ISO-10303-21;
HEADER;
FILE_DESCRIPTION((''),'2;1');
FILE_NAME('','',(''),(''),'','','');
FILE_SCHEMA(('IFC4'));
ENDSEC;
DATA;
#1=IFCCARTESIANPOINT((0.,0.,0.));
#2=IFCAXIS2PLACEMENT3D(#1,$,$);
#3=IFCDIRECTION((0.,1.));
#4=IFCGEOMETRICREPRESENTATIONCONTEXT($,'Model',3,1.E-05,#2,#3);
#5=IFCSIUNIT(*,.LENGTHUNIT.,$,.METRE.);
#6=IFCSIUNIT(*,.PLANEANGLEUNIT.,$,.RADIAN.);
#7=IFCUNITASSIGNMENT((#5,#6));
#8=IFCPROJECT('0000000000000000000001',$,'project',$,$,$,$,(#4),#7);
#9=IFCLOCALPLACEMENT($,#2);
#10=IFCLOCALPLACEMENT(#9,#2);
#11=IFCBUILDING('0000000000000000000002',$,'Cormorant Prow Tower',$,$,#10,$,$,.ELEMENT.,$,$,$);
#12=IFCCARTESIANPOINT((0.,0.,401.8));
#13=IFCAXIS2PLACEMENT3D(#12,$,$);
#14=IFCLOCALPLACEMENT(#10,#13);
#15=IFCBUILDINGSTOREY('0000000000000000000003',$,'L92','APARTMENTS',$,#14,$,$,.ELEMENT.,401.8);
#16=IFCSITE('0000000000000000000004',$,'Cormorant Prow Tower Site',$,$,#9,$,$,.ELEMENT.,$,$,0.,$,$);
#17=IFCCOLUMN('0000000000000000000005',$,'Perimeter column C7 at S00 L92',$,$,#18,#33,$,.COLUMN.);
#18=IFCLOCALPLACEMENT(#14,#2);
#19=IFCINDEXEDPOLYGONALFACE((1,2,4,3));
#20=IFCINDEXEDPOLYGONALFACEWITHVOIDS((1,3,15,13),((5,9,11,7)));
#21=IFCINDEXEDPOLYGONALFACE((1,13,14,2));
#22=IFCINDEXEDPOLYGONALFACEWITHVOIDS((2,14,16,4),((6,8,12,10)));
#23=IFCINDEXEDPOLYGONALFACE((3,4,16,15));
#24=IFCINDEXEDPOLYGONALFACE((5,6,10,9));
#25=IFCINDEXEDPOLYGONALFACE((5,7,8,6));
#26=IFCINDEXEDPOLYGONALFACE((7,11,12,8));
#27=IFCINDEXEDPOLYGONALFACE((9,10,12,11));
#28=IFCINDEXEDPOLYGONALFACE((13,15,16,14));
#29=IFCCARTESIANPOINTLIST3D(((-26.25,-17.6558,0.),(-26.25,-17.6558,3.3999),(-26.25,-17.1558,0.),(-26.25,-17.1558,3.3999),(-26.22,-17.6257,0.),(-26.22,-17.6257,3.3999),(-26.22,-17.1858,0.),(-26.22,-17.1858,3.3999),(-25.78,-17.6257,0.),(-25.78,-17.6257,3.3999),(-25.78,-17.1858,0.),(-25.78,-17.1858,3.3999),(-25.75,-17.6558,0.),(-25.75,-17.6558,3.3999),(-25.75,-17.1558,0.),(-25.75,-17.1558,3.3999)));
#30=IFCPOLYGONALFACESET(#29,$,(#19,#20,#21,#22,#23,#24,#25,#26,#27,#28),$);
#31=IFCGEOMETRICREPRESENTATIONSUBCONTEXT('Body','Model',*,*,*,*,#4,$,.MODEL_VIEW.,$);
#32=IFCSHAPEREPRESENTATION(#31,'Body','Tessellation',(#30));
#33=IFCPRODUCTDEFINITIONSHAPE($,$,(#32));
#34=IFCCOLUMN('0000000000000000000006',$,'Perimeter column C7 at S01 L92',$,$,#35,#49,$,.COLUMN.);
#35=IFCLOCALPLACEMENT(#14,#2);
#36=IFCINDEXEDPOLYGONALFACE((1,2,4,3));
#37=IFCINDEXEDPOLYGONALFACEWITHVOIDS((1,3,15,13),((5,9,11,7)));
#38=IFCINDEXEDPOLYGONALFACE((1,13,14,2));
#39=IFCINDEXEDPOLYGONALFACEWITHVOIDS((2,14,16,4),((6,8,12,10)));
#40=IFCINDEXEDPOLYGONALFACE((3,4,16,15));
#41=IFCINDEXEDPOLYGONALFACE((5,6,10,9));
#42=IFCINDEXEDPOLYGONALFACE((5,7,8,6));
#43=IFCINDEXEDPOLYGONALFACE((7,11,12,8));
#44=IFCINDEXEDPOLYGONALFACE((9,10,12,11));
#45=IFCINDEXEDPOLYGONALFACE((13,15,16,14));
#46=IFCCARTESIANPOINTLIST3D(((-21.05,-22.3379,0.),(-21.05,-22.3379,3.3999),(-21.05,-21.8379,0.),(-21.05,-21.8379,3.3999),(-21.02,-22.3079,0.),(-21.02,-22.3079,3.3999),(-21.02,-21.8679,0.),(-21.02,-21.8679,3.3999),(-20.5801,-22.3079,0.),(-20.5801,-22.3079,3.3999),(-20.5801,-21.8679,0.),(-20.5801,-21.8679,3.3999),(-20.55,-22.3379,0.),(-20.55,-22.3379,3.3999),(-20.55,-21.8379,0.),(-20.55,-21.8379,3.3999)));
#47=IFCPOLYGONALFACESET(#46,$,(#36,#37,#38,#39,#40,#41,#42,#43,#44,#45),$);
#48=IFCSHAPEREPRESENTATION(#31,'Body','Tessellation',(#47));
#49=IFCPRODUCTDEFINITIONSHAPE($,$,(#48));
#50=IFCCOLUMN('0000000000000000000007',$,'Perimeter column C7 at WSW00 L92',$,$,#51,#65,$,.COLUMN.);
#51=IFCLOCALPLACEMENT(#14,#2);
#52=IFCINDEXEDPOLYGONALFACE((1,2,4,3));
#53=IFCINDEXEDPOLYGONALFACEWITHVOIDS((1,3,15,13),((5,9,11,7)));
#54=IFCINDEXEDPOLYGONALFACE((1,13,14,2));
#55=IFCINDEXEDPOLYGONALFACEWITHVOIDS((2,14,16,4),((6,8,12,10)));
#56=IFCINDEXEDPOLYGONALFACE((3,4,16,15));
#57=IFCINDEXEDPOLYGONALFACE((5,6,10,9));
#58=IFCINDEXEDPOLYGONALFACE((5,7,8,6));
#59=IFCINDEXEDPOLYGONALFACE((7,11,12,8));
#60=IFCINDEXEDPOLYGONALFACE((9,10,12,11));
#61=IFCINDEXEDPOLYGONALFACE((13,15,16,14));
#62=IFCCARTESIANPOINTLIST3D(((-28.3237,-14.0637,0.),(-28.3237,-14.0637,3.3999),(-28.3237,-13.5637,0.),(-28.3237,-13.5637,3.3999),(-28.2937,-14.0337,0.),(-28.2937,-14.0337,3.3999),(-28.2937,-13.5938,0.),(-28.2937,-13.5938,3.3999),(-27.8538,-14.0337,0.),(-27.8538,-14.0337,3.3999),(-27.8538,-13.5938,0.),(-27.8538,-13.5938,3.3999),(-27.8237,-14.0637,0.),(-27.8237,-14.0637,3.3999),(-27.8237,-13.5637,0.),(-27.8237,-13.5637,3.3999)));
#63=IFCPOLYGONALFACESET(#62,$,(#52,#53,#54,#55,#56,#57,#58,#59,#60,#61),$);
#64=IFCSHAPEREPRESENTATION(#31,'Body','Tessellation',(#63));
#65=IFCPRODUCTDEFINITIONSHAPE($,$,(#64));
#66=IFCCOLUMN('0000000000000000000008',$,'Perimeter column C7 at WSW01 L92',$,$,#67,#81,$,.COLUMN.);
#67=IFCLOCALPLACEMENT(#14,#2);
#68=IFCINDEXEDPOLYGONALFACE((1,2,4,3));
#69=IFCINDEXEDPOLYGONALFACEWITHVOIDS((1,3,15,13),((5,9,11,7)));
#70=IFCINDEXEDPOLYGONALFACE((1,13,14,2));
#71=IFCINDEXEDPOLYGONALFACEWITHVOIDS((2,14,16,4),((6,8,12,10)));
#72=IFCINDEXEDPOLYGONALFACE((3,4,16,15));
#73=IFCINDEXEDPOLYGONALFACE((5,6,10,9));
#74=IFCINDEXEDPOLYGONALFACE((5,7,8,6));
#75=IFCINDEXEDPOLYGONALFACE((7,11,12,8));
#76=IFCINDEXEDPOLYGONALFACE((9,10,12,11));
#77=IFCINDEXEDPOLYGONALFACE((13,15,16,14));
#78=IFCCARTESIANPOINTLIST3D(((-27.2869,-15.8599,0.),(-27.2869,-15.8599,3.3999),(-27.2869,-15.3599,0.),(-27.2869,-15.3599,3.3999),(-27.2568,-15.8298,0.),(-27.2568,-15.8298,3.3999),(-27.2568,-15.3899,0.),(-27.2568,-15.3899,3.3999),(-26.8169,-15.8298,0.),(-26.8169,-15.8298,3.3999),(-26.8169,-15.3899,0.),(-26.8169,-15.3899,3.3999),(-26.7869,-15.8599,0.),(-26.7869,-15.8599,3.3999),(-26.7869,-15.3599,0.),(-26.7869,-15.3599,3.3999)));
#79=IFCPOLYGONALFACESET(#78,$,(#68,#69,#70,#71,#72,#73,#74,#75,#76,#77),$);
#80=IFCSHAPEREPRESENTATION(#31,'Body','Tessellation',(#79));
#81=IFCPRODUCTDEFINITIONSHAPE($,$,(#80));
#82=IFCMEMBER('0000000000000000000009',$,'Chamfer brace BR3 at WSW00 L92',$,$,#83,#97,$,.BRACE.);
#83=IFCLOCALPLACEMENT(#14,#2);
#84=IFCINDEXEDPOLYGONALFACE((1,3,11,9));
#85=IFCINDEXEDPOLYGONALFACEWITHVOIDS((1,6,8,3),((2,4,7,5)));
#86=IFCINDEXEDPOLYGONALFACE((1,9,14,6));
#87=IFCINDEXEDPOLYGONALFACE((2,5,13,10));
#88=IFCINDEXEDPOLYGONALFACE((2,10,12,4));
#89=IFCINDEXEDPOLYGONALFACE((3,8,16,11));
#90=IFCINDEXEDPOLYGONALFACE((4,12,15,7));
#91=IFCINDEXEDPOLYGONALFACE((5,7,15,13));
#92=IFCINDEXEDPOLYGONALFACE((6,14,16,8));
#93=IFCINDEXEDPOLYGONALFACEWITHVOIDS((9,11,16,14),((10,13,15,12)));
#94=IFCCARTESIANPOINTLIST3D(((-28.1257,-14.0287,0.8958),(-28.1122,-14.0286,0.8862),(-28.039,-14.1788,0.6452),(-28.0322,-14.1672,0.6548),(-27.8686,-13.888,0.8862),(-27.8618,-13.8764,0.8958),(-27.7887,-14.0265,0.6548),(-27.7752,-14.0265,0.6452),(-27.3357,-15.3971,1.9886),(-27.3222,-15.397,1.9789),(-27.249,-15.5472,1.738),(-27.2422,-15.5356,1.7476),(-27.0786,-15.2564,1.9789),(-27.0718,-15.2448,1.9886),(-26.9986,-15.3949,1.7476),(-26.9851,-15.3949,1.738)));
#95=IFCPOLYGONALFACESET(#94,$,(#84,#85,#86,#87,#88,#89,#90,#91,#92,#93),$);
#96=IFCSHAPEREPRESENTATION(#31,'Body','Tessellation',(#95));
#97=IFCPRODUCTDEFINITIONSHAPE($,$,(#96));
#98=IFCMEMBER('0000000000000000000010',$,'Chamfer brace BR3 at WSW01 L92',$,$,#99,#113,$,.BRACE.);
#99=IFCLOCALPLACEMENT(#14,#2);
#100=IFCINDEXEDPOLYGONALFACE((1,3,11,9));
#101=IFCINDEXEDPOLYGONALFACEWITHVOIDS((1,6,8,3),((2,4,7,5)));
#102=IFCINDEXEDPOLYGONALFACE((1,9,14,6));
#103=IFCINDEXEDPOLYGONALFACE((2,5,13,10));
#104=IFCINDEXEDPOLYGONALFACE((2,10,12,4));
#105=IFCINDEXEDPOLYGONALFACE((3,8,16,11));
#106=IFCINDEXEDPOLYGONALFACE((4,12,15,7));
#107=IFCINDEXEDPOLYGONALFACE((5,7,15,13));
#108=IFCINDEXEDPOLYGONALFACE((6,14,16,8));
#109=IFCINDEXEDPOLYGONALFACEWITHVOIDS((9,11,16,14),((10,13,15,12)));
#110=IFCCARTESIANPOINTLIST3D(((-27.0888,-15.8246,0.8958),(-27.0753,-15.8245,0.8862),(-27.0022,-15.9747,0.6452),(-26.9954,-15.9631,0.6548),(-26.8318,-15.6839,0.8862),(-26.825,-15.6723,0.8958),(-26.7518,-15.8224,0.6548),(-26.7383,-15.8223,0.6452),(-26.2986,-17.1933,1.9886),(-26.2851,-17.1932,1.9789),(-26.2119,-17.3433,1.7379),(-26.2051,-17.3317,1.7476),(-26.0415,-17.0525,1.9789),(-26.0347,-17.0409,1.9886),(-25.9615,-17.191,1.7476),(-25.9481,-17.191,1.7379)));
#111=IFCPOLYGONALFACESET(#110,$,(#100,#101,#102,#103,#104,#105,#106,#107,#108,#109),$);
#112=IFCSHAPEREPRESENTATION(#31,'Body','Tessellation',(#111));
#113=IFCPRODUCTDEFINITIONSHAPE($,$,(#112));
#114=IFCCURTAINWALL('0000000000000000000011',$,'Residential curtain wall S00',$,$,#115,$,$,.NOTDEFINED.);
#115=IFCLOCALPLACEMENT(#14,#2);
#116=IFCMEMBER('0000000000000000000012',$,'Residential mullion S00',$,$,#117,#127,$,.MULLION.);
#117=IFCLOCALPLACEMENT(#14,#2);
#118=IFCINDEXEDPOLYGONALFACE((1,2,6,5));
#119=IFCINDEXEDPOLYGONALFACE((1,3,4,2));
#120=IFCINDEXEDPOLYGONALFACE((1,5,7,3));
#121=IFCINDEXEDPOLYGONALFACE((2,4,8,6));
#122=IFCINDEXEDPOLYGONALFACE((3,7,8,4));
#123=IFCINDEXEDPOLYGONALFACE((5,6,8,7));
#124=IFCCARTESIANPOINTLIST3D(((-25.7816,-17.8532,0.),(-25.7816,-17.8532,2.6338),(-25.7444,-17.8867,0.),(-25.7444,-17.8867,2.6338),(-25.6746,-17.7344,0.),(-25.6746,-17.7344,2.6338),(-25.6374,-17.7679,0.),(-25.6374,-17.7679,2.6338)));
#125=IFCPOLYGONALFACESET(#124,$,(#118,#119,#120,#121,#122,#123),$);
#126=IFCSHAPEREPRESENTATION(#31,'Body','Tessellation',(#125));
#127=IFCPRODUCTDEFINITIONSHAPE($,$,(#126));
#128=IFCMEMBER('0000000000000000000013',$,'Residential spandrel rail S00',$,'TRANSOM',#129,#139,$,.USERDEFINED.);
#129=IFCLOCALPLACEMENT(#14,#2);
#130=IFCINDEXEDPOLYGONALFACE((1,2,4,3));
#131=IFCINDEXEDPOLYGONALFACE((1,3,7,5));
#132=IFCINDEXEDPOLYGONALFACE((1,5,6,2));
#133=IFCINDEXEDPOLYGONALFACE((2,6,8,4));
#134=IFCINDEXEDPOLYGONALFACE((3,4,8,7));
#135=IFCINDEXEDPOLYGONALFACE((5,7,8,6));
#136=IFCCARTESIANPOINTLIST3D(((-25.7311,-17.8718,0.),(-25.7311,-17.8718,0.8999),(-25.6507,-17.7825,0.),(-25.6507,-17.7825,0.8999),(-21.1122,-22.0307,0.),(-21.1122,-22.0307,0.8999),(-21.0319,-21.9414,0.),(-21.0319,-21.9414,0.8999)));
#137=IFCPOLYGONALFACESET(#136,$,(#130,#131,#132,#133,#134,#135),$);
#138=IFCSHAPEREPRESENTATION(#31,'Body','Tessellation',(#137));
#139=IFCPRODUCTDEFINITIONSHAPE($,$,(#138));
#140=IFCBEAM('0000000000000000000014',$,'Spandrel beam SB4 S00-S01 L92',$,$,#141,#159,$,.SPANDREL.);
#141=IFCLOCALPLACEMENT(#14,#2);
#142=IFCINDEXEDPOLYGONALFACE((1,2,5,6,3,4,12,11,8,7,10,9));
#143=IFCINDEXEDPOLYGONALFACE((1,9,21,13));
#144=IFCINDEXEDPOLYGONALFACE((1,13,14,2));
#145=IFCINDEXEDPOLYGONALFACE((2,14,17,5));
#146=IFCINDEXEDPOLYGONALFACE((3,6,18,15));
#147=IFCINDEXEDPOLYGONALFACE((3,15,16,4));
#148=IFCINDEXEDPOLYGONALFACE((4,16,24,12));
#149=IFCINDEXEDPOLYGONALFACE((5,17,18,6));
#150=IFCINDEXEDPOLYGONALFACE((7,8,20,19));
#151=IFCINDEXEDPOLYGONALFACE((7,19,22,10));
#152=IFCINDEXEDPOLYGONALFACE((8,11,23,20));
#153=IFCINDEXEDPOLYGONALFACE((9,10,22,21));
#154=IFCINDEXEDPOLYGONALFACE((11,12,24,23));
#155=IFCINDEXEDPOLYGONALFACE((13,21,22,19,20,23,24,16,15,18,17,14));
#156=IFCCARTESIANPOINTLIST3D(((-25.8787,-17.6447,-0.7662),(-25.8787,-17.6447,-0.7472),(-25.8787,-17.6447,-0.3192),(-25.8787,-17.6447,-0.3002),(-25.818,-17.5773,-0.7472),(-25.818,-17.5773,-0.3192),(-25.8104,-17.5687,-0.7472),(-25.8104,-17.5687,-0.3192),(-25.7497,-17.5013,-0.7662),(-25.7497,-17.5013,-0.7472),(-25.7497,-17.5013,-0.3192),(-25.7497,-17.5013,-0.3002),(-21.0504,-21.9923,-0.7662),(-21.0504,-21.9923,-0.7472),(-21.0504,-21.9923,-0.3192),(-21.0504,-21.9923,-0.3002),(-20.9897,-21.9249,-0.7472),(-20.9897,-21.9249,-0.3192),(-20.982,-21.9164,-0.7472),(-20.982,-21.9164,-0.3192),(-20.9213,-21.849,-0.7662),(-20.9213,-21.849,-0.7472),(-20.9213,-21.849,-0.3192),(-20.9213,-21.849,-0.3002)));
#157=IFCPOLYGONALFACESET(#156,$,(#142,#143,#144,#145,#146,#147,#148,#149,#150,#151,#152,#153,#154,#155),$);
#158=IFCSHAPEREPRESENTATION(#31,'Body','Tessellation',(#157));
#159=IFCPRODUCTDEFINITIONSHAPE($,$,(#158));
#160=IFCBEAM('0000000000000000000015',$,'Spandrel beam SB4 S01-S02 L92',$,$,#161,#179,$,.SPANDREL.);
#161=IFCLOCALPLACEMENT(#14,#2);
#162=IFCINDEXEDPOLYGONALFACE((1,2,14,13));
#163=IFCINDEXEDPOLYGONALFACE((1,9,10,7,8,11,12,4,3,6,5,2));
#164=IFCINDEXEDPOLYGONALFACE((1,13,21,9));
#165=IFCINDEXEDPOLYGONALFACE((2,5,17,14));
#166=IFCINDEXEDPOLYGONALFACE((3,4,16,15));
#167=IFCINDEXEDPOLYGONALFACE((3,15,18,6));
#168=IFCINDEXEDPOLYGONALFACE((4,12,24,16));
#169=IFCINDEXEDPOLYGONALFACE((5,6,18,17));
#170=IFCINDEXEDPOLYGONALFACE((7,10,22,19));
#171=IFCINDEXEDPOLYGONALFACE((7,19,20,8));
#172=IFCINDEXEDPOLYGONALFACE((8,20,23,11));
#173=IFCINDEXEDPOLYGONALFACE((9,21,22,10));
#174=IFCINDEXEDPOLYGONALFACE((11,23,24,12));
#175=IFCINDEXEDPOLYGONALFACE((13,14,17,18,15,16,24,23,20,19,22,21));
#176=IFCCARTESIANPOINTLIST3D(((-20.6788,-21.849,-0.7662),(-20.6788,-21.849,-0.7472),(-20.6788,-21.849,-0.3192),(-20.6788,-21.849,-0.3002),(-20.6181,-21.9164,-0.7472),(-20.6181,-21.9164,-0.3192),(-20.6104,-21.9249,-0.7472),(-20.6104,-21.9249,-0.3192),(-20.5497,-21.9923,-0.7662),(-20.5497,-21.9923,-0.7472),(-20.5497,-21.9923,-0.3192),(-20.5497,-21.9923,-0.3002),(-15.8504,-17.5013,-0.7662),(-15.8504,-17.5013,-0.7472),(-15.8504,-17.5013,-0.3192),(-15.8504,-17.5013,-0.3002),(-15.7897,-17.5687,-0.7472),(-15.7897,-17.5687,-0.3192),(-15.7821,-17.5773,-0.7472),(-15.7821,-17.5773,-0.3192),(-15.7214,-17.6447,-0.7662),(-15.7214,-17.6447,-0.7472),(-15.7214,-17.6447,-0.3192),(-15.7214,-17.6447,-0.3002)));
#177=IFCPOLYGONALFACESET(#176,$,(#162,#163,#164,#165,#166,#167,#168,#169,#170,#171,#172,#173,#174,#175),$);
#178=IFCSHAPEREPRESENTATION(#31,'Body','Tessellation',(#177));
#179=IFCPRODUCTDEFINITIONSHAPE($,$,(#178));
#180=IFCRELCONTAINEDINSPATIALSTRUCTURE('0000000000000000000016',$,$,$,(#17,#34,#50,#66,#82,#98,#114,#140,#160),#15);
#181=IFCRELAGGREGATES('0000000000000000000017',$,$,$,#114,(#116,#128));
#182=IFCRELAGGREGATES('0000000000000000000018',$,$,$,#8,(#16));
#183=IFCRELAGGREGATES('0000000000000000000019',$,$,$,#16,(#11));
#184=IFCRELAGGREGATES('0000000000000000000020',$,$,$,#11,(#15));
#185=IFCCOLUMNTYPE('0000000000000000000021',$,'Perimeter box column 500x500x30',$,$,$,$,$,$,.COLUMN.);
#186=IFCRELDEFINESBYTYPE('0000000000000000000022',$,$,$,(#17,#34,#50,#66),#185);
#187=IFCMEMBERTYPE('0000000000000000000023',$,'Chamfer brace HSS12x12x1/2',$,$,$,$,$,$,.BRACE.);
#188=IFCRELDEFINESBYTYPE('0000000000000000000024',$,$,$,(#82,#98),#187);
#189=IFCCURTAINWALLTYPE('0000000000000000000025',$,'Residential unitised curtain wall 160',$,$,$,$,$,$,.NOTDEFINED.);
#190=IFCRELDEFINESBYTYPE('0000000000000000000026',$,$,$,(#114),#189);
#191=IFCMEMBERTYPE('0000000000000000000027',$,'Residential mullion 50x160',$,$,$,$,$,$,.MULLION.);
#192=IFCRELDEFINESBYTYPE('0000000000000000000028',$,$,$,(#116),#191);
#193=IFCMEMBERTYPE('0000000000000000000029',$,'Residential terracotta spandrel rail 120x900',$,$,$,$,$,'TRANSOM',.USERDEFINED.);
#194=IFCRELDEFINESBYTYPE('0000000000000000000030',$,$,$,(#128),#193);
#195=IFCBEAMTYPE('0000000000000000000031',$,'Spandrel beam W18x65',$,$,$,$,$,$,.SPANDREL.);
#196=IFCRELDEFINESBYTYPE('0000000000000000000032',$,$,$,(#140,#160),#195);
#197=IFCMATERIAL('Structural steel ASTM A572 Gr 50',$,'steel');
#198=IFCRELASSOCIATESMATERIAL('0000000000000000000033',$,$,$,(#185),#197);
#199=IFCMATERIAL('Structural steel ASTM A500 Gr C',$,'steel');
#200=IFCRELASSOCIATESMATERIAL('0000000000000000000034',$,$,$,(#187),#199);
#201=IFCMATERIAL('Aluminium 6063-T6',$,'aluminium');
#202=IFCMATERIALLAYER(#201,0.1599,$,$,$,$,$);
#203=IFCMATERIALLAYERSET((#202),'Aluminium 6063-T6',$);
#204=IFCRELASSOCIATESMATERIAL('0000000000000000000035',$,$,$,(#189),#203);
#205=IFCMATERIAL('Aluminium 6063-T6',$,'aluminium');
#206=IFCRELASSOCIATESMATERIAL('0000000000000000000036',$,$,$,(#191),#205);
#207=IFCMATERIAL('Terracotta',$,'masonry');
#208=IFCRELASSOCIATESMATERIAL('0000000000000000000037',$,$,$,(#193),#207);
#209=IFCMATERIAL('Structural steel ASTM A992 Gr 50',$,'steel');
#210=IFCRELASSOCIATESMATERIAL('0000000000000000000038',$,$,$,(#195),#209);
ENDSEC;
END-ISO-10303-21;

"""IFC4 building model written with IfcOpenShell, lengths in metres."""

from ifc_helpers import new_model, si_unit, direction, frame, origin, origin_2d, place, context, subcontext, project, spatial, rectangle, hollow_rectangle, i_section, extrude, material, layer, layer_set, material_profile, profile_set, type_object, element, aggregate, save


model = new_model("IFC4")

# Units and contexts
model_context = context("Model", 3, precision=1e-05, world=origin(), true_north=direction((0.0, 1.0)))
body_context = subcontext(model_context, "Body", "Model", "MODEL_VIEW")
ifc_project = project(units=[si_unit("LENGTHUNIT", "METRE"), si_unit("PLANEANGLEUNIT", "RADIAN")], contexts=[model_context])

# Site, building, storey
site_placement = place(None, origin())
site = spatial("IfcSite", under=ifc_project, at=site_placement, Name="Cormorant Prow Tower Site", CompositionType="ELEMENT", RefElevation=0.0)
building_placement = place(site_placement, origin())
building = spatial("IfcBuilding", under=site, at=building_placement, Name="Cormorant Prow Tower", CompositionType="ELEMENT")
storey_placement = place(building_placement, frame((0.0, 0.0, 401.8)))
storey = spatial("IfcBuildingStorey", under=building, at=storey_placement, Name="L92", Description="APARTMENTS", CompositionType="ELEMENT", Elevation=401.8)

# Columns
ifc_material_1 = material(Name="Structural steel ASTM A572 Gr 50", Category="steel")
ifc_material_profile_1 = material_profile(ifc_material_1, hollow_rectangle(XDim=0.5, YDim=0.5, WallThickness=0.03, at=origin_2d()), Name="Box 500x500x30")
ifc_profile_set_1 = profile_set([ifc_material_profile_1], Name="Structural steel ASTM A572 Gr 50")
column_type = type_object("IfcColumnType", Name="Perimeter box column 500x500x30", PredefinedType="COLUMN", material=ifc_profile_set_1)
for number, where, z_axis, x_axis, name in (
    (1, (-26.0, -17.4058, 0.0), (0.0, 0.0, 1.0), (1.0, 0.0, 0.0), "Perimeter column C7 at S00 L92"),
    (2, (-20.8, -22.0879, 0.0), (0.0, 0.0, 1.0), (1.0, 0.0, 0.0), "Perimeter column C7 at S01 L92"),
    (3, (-28.0737, -13.8137, 0.0), (0.0, 0.0, 1.0), (1.0, 0.0, 0.0), "Perimeter column C7 at WSW00 L92"),
    (4, (-27.0369, -15.6099, 0.0), (0.0, 0.0, 1.0), (1.0, 0.0, 0.0), "Perimeter column C7 at WSW01 L92"),
):
    element("IfcColumn", number, at=place(storey_placement, frame(where, z_axis=z_axis, x_axis=x_axis)), inside=storey, type_object=column_type, Name=name, PredefinedType="COLUMN", context=body_context, shape_type="SweptSolid", body=[
        extrude(hollow_rectangle(XDim=0.5, YDim=0.5, WallThickness=0.03, at=origin_2d()), origin(), (0.0, 0.0, 1.0), 3.3999),
    ])

# Members
ifc_material_2 = material(Name="Structural steel ASTM A500 Gr C", Category="steel")
ifc_material_profile_2 = material_profile(ifc_material_2, hollow_rectangle(XDim=0.3047, YDim=0.3047, WallThickness=0.0117, at=origin_2d()), Name="HSS12x12x1/2")
ifc_profile_set_2 = profile_set([ifc_material_profile_2], Name="Structural steel ASTM A500 Gr C")
member_type_1 = type_object("IfcMemberType", Name="Chamfer brace HSS12x12x1/2", PredefinedType="BRACE", material=ifc_profile_set_2)
member_1_placement = place(storey_placement, frame((-27.9504, -14.0276, 0.7705), z_axis=(0.41123, -0.712282, 0.568809), x_axis=(0.866029, 0.499994, 0.0)))
element("IfcMember", 5, at=member_1_placement, inside=storey, type_object=member_type_1, Name="Chamfer brace BR3 at WSW00 L92", PredefinedType="BRACE", context=body_context, shape_type="SweptSolid", body=[
    extrude(hollow_rectangle(XDim=0.3047, YDim=0.3047, WallThickness=0.0117, at=origin_2d()), origin(), (0.0, 0.0, 1.0), 1.9211),
])
member_2_placement = place(storey_placement, frame((-26.9136, -15.8235, 0.7705), z_axis=(0.411299, -0.712308, 0.568728), x_axis=(0.866, 0.500043, 0.0)))
element("IfcMember", 6, at=member_2_placement, inside=storey, type_object=member_type_1, Name="Chamfer brace BR3 at WSW01 L92", PredefinedType="BRACE", context=body_context, shape_type="SweptSolid", body=[
    extrude(hollow_rectangle(XDim=0.3047, YDim=0.3047, WallThickness=0.0117, at=origin_2d()), origin(), (0.0, 0.0, 1.0), 1.9214),
])

# Curtain wall, members
ifc_material_3 = material(Name="Aluminium 6063-T6", Category="aluminium")
ifc_layer_1 = layer(ifc_material_3, 0.1599)
ifc_layer_set_1 = layer_set([ifc_layer_1], Name="Aluminium 6063-T6")
curtain_wall_type = type_object("IfcCurtainWallType", Name="Residential unitised curtain wall 160", PredefinedType="NOTDEFINED", material=ifc_layer_set_1)
curtain_wall_placement = place(storey_placement, origin())
curtain_wall = element("IfcCurtainWall", 7, at=curtain_wall_placement, inside=storey, type_object=curtain_wall_type, Name="Residential curtain wall S00", PredefinedType="NOTDEFINED")
ifc_material_4 = material(Name="Aluminium 6063-T6", Category="aluminium")
ifc_material_profile_3 = material_profile(ifc_material_4, rectangle(XDim=0.1599, YDim=0.05, at=origin_2d()), Name="Residential mullion 50x160")
ifc_profile_set_3 = profile_set([ifc_material_profile_3], Name="Aluminium 6063-T6")
member_type_2 = type_object("IfcMemberType", Name="Residential mullion 50x160", PredefinedType="MULLION", material=ifc_profile_set_3)
member_3_placement = place(storey_placement, frame((-25.7095, -17.8105, 0.0), z_axis=(0.0, 0.0, 1.0), x_axis=(0.669131, 0.743145, 0.0)))
member_3 = element("IfcMember", 8, at=member_3_placement, type_object=member_type_2, Name="Residential mullion S00", PredefinedType="MULLION", context=body_context, shape_type="SweptSolid", body=[
    extrude(rectangle(XDim=0.1599, YDim=0.05, at=origin_2d()), origin(), (0.0, 0.0, 1.0), 2.6338),
])
ifc_material_5 = material(Name="Terracotta", Category="masonry")
ifc_material_profile_4 = material_profile(ifc_material_5, rectangle(XDim=0.1201, YDim=0.8999, at=origin_2d()), Name="Residential terracotta spandrel rail 120x900")
ifc_profile_set_4 = profile_set([ifc_material_profile_4], Name="Terracotta")
member_type_3 = type_object("IfcMemberType", Name="Residential terracotta spandrel rail 120x900", ElementType="TRANSOM", PredefinedType="USERDEFINED", material=ifc_profile_set_4)
member_4_placement = place(storey_placement, frame((-25.6909, -17.8271, 0.45), z_axis=(0.74314, -0.669136, 0.0), x_axis=(0.669136, 0.74314, 0.0)))
member_4 = element("IfcMember", 9, at=member_4_placement, type_object=member_type_3, Name="Residential spandrel rail S00", ObjectType="TRANSOM", PredefinedType="USERDEFINED", context=body_context, shape_type="SweptSolid", body=[
    extrude(rectangle(XDim=0.1201, YDim=0.8999, at=origin_2d()), origin(), (0.0, 0.0, 1.0), 6.2153),
])

# Beams
ifc_material_6 = material(Name="Structural steel ASTM A992 Gr 50", Category="steel")
ifc_material_profile_5 = material_profile(ifc_material_6, i_section(OverallWidth=0.1929, OverallDepth=0.4661, WebThickness=0.0115, FlangeThickness=0.019, at=origin_2d()), Name="W18x65")
ifc_profile_set_5 = profile_set([ifc_material_profile_5], Name="Structural steel ASTM A992 Gr 50")
beam_type = type_object("IfcBeamType", Name="Spandrel beam W18x65", PredefinedType="SPANDREL", material=ifc_profile_set_5)
for number, where, z_axis, x_axis, name in (
    (10, (-25.8142, -17.573, -0.5332), (0.743132, -0.669145, 0.0), (0.669145, 0.743132, 0.0), "Spandrel beam SB4 S00-S01 L92"),
    (11, (-20.6143, -21.9207, -0.5332), (0.743132, 0.669145, 0.0), (-0.669145, 0.743132, 0.0), "Spandrel beam SB4 S01-S02 L92"),
):
    element("IfcBeam", number, at=place(storey_placement, frame(where, z_axis=z_axis, x_axis=x_axis)), inside=storey, type_object=beam_type, Name=name, PredefinedType="SPANDREL", context=body_context, shape_type="SweptSolid", body=[
        extrude(i_section(OverallWidth=0.1929, OverallDepth=0.4661, WebThickness=0.0115, FlangeThickness=0.019, at=origin_2d()), origin(), (0.0, 0.0, 1.0), 6.4973),
    ])

aggregate(curtain_wall, [member_3, member_4])

save(model, "model.ifc")
